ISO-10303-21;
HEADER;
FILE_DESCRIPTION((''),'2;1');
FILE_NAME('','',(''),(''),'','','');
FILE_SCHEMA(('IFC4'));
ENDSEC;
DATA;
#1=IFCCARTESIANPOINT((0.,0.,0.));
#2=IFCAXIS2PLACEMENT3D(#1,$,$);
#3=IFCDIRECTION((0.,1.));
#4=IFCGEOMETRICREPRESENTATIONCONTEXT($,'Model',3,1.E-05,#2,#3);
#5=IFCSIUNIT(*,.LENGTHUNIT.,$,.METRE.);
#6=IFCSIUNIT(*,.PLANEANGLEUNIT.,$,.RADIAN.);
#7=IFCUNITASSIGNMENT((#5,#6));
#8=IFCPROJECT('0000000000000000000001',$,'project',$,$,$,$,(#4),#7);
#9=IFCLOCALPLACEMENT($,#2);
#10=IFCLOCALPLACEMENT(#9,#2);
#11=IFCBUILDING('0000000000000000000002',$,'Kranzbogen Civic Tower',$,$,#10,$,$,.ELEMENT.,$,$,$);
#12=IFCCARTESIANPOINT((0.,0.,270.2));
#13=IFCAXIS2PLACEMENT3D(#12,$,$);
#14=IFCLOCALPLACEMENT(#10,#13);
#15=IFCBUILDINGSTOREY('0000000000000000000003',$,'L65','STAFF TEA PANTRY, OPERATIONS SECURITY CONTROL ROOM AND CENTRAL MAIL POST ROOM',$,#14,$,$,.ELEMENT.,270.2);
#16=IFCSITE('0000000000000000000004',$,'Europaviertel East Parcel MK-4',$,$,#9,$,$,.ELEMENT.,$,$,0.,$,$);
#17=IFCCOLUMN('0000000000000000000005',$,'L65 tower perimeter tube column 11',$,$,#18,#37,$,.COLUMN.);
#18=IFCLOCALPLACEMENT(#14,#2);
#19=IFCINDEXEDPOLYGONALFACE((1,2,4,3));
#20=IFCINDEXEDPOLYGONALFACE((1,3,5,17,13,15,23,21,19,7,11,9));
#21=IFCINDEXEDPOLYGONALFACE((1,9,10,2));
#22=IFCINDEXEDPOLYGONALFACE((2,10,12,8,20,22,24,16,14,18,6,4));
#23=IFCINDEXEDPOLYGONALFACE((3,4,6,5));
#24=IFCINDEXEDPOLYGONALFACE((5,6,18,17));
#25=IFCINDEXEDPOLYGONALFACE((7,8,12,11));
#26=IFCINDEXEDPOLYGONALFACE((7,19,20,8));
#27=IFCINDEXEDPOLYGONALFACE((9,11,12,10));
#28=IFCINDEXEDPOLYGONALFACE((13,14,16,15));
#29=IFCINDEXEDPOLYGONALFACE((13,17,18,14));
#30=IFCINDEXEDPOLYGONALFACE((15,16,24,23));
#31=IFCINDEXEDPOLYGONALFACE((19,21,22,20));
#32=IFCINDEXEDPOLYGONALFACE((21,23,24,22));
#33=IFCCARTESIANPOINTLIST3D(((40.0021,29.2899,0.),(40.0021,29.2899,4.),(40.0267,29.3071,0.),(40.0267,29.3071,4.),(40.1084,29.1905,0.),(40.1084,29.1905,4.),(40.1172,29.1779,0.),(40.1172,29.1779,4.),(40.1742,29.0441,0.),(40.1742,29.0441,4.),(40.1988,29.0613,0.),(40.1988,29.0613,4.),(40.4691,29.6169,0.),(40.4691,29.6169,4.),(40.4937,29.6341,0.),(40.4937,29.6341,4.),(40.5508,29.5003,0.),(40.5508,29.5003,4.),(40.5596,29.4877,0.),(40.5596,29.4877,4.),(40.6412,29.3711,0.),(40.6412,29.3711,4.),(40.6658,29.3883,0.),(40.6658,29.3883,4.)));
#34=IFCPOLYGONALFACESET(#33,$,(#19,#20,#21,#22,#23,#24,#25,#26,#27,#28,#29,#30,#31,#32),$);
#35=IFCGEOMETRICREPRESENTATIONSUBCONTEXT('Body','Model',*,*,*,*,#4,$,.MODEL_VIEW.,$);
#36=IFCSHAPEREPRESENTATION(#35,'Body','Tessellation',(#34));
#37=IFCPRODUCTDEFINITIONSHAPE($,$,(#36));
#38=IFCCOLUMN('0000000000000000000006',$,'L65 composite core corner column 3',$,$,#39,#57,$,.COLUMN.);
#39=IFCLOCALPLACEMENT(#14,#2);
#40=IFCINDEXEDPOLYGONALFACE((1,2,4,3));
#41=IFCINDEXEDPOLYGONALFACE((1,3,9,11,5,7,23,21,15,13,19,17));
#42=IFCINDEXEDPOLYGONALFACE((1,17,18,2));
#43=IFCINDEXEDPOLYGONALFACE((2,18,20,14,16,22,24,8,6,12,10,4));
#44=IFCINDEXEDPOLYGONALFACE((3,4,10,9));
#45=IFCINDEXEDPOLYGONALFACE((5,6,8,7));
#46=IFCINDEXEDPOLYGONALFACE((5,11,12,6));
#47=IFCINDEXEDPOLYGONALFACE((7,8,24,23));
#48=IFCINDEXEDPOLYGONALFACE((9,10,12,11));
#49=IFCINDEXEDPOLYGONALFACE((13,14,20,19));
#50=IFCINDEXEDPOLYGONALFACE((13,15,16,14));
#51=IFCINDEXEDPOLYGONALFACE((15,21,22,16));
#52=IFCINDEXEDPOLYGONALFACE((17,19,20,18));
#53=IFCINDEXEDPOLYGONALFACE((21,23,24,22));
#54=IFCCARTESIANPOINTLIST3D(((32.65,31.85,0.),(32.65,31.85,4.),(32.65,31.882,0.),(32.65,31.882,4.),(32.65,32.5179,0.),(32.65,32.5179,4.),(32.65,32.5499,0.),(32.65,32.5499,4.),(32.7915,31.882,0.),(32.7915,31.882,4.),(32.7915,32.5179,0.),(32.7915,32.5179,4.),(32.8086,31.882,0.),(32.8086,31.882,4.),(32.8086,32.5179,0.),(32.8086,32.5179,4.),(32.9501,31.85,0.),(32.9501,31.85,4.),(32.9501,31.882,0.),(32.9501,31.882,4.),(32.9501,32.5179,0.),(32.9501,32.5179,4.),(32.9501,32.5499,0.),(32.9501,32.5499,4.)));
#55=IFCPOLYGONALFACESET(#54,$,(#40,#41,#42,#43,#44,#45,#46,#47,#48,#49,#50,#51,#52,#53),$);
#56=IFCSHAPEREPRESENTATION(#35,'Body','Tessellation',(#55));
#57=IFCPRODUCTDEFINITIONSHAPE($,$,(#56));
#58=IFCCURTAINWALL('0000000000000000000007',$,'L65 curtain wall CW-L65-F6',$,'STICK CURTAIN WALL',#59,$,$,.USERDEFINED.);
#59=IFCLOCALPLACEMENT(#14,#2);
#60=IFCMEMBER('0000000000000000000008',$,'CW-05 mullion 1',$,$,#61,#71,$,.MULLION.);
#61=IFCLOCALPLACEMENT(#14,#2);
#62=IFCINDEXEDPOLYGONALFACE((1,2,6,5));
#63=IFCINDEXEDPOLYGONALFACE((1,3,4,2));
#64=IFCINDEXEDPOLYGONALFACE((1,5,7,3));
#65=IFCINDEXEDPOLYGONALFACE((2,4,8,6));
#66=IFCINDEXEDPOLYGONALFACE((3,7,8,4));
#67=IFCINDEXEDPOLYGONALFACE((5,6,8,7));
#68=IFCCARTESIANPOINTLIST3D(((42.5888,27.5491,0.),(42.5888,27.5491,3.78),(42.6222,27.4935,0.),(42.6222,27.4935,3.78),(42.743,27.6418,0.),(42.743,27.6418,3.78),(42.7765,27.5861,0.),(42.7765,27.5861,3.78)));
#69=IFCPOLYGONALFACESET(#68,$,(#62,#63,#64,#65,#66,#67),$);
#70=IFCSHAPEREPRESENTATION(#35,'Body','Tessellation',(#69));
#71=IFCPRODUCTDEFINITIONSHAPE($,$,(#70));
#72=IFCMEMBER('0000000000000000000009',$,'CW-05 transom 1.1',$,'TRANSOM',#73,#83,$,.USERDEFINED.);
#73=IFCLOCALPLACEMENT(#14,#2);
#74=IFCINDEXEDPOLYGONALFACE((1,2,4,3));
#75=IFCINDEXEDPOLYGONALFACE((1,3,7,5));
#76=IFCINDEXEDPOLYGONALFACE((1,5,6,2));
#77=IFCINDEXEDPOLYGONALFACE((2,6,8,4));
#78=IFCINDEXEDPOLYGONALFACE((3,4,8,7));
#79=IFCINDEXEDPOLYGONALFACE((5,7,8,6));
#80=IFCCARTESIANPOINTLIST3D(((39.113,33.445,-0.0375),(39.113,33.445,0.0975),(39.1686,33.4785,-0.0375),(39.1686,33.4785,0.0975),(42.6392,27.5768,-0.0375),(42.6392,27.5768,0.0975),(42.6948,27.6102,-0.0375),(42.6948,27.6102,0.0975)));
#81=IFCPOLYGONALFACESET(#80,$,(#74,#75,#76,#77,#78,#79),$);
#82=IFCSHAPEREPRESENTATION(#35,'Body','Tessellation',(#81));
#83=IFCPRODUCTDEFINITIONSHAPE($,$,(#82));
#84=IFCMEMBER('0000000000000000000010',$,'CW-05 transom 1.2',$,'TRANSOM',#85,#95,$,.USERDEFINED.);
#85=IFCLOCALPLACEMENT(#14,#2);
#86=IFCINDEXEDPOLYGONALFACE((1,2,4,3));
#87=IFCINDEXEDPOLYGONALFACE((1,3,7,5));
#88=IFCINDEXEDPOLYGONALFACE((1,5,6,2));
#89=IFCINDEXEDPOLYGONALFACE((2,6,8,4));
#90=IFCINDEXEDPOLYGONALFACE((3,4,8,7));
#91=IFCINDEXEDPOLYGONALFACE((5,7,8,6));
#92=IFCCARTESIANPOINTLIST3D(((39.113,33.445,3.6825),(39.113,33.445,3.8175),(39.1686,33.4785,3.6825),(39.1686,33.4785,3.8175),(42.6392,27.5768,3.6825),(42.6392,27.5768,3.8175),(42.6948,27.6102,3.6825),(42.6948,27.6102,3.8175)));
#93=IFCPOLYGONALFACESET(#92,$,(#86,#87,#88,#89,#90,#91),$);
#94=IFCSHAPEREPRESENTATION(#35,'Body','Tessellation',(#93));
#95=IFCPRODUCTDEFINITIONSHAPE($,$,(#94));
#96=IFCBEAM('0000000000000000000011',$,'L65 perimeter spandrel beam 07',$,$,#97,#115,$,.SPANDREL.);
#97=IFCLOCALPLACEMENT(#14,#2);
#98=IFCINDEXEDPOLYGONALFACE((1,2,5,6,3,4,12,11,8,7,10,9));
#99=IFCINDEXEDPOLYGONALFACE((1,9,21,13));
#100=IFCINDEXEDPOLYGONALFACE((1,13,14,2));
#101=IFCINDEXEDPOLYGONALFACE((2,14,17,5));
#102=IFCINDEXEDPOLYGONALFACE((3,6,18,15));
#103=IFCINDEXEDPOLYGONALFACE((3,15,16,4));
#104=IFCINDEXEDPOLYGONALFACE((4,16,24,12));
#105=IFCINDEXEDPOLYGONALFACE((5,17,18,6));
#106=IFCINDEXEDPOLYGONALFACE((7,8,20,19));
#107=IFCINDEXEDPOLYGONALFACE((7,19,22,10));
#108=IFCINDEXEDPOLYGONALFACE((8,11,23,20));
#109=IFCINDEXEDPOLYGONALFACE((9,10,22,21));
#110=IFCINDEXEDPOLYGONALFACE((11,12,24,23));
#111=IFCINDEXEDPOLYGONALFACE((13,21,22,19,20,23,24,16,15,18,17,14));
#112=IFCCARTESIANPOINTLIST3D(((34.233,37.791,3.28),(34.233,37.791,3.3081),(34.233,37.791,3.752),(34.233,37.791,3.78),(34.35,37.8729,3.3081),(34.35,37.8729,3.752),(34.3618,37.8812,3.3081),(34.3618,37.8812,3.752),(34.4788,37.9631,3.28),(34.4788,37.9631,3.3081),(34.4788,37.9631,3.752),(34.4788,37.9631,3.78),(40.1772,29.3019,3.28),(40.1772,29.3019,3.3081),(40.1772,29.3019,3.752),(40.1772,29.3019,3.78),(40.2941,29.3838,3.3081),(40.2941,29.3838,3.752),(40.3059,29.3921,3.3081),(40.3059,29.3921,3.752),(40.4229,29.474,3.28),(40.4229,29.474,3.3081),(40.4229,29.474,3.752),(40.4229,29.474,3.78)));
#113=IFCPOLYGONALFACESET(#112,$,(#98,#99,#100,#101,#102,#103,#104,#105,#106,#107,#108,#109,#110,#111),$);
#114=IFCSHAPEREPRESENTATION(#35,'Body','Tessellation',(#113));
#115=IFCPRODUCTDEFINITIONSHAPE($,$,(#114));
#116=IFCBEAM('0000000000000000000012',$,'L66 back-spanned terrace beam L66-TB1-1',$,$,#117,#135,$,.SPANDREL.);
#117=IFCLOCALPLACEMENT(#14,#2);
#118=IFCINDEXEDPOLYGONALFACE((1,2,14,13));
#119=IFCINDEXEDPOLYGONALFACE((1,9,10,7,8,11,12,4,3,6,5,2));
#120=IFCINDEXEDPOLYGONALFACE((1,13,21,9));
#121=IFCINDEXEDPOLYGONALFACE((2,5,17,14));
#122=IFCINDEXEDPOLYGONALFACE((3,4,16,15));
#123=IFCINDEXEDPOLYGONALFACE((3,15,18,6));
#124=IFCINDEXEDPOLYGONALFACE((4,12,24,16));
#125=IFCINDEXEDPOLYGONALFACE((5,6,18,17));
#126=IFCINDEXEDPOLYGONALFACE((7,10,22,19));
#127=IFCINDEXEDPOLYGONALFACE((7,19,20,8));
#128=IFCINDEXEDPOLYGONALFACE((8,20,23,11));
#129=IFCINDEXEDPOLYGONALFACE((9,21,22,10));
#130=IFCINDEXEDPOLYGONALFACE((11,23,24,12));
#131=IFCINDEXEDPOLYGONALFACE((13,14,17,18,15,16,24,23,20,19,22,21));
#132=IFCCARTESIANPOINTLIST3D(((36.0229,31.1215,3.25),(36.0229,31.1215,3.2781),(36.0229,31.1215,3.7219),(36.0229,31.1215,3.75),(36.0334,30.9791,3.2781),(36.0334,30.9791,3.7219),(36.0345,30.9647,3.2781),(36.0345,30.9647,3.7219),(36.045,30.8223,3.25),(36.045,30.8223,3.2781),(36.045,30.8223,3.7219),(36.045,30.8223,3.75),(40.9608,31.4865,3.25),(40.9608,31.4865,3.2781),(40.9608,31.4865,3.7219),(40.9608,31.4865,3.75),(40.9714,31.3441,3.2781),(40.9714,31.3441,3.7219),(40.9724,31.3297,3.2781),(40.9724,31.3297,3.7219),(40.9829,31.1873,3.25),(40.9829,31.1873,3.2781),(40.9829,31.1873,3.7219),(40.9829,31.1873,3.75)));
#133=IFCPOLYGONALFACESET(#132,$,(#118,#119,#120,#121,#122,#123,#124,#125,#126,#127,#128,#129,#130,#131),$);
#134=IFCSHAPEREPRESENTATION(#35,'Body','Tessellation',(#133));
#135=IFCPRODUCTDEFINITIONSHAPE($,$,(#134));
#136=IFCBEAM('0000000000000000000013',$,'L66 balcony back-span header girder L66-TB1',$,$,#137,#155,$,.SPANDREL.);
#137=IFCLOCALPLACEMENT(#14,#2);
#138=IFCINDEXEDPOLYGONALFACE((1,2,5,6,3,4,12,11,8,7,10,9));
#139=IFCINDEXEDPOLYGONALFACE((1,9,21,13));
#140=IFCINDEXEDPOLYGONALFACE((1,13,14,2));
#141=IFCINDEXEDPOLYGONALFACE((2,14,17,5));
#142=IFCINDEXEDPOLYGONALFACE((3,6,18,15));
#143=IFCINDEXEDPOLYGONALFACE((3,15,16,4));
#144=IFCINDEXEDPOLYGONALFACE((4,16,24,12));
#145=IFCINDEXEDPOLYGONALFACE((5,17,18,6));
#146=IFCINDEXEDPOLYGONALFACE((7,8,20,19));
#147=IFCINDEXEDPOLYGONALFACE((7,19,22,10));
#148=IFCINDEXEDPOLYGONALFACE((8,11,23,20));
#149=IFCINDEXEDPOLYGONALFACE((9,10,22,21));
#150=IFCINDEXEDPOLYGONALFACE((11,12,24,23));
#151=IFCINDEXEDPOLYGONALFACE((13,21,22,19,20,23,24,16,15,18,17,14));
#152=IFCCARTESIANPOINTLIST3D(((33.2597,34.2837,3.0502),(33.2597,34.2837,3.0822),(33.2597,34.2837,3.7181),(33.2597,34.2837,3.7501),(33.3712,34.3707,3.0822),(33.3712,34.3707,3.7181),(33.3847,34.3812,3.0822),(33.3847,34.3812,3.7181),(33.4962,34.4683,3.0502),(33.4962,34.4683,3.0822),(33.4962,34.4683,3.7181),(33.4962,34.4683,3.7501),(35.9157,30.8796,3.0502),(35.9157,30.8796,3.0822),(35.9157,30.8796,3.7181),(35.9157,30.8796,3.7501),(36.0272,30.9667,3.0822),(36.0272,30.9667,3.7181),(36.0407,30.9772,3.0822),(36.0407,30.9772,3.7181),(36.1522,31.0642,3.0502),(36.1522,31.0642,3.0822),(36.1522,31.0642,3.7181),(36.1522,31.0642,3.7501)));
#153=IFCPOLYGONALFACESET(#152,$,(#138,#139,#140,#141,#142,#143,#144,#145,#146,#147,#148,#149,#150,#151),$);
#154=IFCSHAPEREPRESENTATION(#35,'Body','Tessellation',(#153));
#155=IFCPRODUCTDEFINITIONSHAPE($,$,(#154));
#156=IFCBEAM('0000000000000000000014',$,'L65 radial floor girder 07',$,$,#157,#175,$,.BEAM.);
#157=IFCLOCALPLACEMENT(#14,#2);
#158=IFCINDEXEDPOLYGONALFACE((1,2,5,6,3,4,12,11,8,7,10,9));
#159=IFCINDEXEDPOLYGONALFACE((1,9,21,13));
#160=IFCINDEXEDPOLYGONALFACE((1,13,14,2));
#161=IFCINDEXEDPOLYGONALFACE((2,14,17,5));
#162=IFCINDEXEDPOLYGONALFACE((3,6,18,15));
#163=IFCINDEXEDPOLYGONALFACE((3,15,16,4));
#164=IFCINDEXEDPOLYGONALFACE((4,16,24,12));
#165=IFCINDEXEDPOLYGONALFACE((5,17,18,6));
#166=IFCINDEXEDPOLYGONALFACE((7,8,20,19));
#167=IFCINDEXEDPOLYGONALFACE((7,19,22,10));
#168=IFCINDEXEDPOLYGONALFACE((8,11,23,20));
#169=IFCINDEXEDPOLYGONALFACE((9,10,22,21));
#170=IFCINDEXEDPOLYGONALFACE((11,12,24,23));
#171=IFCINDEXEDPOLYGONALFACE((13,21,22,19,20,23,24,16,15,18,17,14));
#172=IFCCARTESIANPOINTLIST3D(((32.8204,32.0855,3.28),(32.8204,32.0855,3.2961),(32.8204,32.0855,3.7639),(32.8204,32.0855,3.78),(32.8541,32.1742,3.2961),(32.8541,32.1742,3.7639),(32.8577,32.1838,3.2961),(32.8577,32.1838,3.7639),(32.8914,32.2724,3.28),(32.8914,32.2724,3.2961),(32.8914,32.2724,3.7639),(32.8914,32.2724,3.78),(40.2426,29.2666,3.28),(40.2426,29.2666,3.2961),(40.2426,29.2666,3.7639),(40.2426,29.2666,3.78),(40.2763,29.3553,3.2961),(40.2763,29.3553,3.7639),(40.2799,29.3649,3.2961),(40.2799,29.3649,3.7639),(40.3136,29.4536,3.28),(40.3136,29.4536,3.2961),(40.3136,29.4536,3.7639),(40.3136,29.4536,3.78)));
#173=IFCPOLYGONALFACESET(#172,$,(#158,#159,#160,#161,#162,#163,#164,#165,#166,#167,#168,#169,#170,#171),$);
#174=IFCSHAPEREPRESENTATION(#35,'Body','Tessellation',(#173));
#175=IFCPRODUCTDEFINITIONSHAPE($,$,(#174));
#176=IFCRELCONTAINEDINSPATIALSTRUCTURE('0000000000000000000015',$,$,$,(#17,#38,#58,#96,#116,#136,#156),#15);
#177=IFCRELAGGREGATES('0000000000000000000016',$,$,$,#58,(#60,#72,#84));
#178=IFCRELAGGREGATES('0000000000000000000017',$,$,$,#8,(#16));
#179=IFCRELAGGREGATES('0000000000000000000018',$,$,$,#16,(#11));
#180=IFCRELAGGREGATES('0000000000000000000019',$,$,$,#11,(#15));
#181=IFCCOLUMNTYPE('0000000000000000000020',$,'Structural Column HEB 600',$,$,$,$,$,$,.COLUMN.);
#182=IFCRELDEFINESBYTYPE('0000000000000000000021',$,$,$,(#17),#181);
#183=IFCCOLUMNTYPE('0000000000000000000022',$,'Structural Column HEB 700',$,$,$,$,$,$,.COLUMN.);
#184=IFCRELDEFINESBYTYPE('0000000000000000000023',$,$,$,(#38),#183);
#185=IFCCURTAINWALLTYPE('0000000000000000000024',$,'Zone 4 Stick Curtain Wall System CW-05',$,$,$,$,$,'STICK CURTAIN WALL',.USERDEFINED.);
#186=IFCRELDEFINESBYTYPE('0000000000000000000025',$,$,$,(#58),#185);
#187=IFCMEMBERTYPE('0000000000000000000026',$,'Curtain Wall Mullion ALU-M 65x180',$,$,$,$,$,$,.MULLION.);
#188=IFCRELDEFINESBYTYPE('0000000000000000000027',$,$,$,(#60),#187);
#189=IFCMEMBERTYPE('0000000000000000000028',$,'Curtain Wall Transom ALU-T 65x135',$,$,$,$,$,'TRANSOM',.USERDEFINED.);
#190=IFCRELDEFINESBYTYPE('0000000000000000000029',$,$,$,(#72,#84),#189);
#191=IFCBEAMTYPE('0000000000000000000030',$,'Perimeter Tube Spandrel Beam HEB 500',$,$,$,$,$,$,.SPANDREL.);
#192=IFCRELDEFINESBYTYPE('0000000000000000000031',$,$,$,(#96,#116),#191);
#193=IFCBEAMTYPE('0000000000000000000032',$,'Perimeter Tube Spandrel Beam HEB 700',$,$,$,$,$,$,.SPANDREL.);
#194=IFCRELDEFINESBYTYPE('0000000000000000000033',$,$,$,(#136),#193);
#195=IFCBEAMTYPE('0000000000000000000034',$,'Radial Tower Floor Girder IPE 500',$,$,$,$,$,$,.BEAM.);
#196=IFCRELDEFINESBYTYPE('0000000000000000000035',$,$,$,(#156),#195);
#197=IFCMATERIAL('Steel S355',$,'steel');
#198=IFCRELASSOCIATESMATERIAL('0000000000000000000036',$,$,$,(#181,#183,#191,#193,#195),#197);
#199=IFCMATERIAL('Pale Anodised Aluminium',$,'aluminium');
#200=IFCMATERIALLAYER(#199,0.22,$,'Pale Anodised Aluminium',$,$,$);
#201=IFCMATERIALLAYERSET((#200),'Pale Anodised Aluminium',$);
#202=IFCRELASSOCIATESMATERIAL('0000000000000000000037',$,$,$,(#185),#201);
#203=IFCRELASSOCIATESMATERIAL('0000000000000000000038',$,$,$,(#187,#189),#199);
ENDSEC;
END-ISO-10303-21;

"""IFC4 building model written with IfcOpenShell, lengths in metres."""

from ifc_helpers import new_model, si_unit, direction, frame, origin, origin_2d, place, context, subcontext, project, spatial, rectangle, i_section, extrude, material, layer, layer_set, material_profile, profile_set, type_object, element, aggregate, save


model = new_model("IFC4")

# Units and contexts
model_context = context("Model", 3, precision=1e-05, world=origin(), true_north=direction((0.0, 1.0)))
body_context = subcontext(model_context, "Body", "Model", "MODEL_VIEW")
ifc_project = project(units=[si_unit("LENGTHUNIT", "METRE"), si_unit("PLANEANGLEUNIT", "RADIAN")], contexts=[model_context])

# Site, building, storey
site_placement = place(None, origin())
site = spatial("IfcSite", under=ifc_project, at=site_placement, Name="Europaviertel East Parcel MK-4", CompositionType="ELEMENT", RefElevation=0.0)
building_placement = place(site_placement, origin())
building = spatial("IfcBuilding", under=site, at=building_placement, Name="Kranzbogen Civic Tower", CompositionType="ELEMENT")
storey_placement = place(building_placement, frame((0.0, 0.0, 270.2)))
storey = spatial("IfcBuildingStorey", under=building, at=storey_placement, Name="L65", Description="STAFF TEA PANTRY, OPERATIONS SECURITY CONTROL ROOM AND CENTRAL MAIL POST ROOM", CompositionType="ELEMENT", Elevation=270.2)

# Columns
ifc_material_1 = material(Name="Steel S355", Category="steel")
ifc_material_profile_1 = material_profile(ifc_material_1, i_section(OverallWidth=0.3, OverallDepth=0.6001, WebThickness=0.0154, FlangeThickness=0.03, at=origin_2d()), Name="HEB 600")
ifc_profile_set_1 = profile_set([ifc_material_profile_1], Name="Steel S355")
column_type_1 = type_object("IfcColumnType", Name="Structural Column HEB 600", PredefinedType="COLUMN", material=ifc_profile_set_1)
column_1_placement = place(storey_placement, frame((40.334, 29.3391, 0.0), z_axis=(0.0, 0.0, 1.0), x_axis=(-0.573576, 0.819152, 0.0)))
element("IfcColumn", 1, at=column_1_placement, inside=storey, type_object=column_type_1, Name="L65 tower perimeter tube column 11", PredefinedType="COLUMN", context=body_context, shape_type="SweptSolid", body=[
    extrude(i_section(OverallWidth=0.3, OverallDepth=0.6001, WebThickness=0.0154, FlangeThickness=0.03, at=origin_2d()), origin(), (0.0, 0.0, 1.0), 4.0),
])
ifc_material_profile_2 = material_profile(ifc_material_1, i_section(OverallWidth=0.3, OverallDepth=0.7, WebThickness=0.0171, FlangeThickness=0.032, at=origin_2d()), Name="HEB 700")
ifc_profile_set_2 = profile_set([ifc_material_profile_2], Name="Steel S355")
column_type_2 = type_object("IfcColumnType", Name="Structural Column HEB 700", PredefinedType="COLUMN", material=ifc_profile_set_2)
column_2_placement = place(storey_placement, frame((32.8, 32.2, 0.0), z_axis=(0.0, 0.0, 1.0), x_axis=(1.0, 0.0, 0.0)))
element("IfcColumn", 2, at=column_2_placement, inside=storey, type_object=column_type_2, Name="L65 composite core corner column 3", PredefinedType="COLUMN", context=body_context, shape_type="SweptSolid", body=[
    extrude(i_section(OverallWidth=0.3, OverallDepth=0.7, WebThickness=0.0171, FlangeThickness=0.032, at=origin_2d()), origin(), (0.0, 0.0, 1.0), 4.0),
])

# Curtain wall, members
ifc_material_2 = material(Name="Pale Anodised Aluminium", Category="aluminium")
ifc_layer_1 = layer(ifc_material_2, 0.22, Name="Pale Anodised Aluminium")
ifc_layer_set_1 = layer_set([ifc_layer_1], Name="Pale Anodised Aluminium")
curtain_wall_type = type_object("IfcCurtainWallType", Name="Zone 4 Stick Curtain Wall System CW-05", ElementType="STICK CURTAIN WALL", PredefinedType="USERDEFINED", material=ifc_layer_set_1)
curtain_wall_placement = place(storey_placement, origin())
curtain_wall = element("IfcCurtainWall", 3, at=curtain_wall_placement, inside=storey, type_object=curtain_wall_type, Name="L65 curtain wall CW-L65-F6", ObjectType="STICK CURTAIN WALL", PredefinedType="USERDEFINED")
ifc_material_profile_3 = material_profile(ifc_material_2, rectangle(XDim=0.0649, YDim=0.1799, at=origin_2d()), Name="ALU-M 65x180")
ifc_profile_set_3 = profile_set([ifc_material_profile_3], Name="Pale Anodised Aluminium")
member_type_1 = type_object("IfcMemberType", Name="Curtain Wall Mullion ALU-M 65x180", PredefinedType="MULLION", material=ifc_profile_set_3)
member_1_placement = place(storey_placement, frame((42.6826, 27.5676, 0.0), z_axis=(0.0, 0.0, 1.0), x_axis=(-0.515047, 0.857162, 0.0)))
member_1 = element("IfcMember", 4, at=member_1_placement, type_object=member_type_1, Name="CW-05 mullion 1", PredefinedType="MULLION", context=body_context, shape_type="SweptSolid", body=[
    extrude(rectangle(XDim=0.0649, YDim=0.1799, at=origin_2d()), origin(), (0.0, 0.0, 1.0), 3.78),
])
ifc_material_profile_4 = material_profile(ifc_material_2, rectangle(XDim=0.0649, YDim=0.135, at=origin_2d()), Name="ALU-T 65x135")
ifc_profile_set_4 = profile_set([ifc_material_profile_4], Name="Pale Anodised Aluminium")
member_type_2 = type_object("IfcMemberType", Name="Curtain Wall Transom ALU-T 65x135", ElementType="TRANSOM", PredefinedType="USERDEFINED", material=ifc_profile_set_4)
member_2_placement = place(storey_placement, frame((42.667, 27.5935, 0.03), z_axis=(-0.515057, 0.857156, 0.0), x_axis=(-0.857156, -0.515057, 0.0)))
member_2 = element("IfcMember", 5, at=member_2_placement, type_object=member_type_2, Name="CW-05 transom 1.1", ObjectType="TRANSOM", PredefinedType="USERDEFINED", context=body_context, shape_type="SweptSolid", body=[
    extrude(rectangle(XDim=0.0649, YDim=0.135, at=origin_2d()), origin(), (0.0, 0.0, 1.0), 6.8462),
])
member_3_placement = place(storey_placement, frame((42.667, 27.5935, 3.75), z_axis=(-0.515057, 0.857156, 0.0), x_axis=(-0.857156, -0.515057, 0.0)))
member_3 = element("IfcMember", 6, at=member_3_placement, type_object=member_type_2, Name="CW-05 transom 1.2", ObjectType="TRANSOM", PredefinedType="USERDEFINED", context=body_context, shape_type="SweptSolid", body=[
    extrude(rectangle(XDim=0.0649, YDim=0.135, at=origin_2d()), origin(), (0.0, 0.0, 1.0), 6.8462),
])

# Beams
ifc_material_profile_5 = material_profile(ifc_material_1, i_section(OverallWidth=0.3, OverallDepth=0.5, WebThickness=0.0144, FlangeThickness=0.0281, at=origin_2d()), Name="HEB 500")
ifc_profile_set_5 = profile_set([ifc_material_profile_5], Name="Steel S355")
beam_type_1 = type_object("IfcBeamType", Name="Perimeter Tube Spandrel Beam HEB 500", PredefinedType="SPANDREL", material=ifc_profile_set_5)
beam_1_placement = place(storey_placement, frame((40.3, 29.3879, 3.53), z_axis=(-0.573578, 0.819151, 0.0), x_axis=(-0.819151, -0.573578, 0.0)))
element("IfcBeam", 7, at=beam_1_placement, inside=storey, type_object=beam_type_1, Name="L65 perimeter spandrel beam 07", PredefinedType="SPANDREL", context=body_context, shape_type="SweptSolid", body=[
    extrude(i_section(OverallWidth=0.3, OverallDepth=0.5, WebThickness=0.0144, FlangeThickness=0.0281, at=origin_2d()), origin(), (0.0, 0.0, 1.0), 10.3633),
])
beam_2_placement = place(storey_placement, frame((36.0339, 30.9719, 3.5), z_axis=(0.997279, 0.073714, 0.0), x_axis=(-0.073714, 0.997279, 0.0)))
element("IfcBeam", 8, at=beam_2_placement, inside=storey, type_object=beam_type_1, Name="L66 back-spanned terrace beam L66-TB1-1", PredefinedType="SPANDREL", context=body_context, shape_type="SweptSolid", body=[
    extrude(i_section(OverallWidth=0.3, OverallDepth=0.5, WebThickness=0.0144, FlangeThickness=0.0281, at=origin_2d()), origin(), (0.0, 0.0, 1.0), 4.9514),
])
ifc_material_profile_6 = material_profile(ifc_material_1, i_section(OverallWidth=0.3, OverallDepth=0.7, WebThickness=0.0171, FlangeThickness=0.032, at=origin_2d()), Name="HEB 700")
ifc_profile_set_6 = profile_set([ifc_material_profile_6], Name="Steel S355")
beam_type_2 = type_object("IfcBeamType", Name="Perimeter Tube Spandrel Beam HEB 700", PredefinedType="SPANDREL", material=ifc_profile_set_6)
beam_3_placement = place(storey_placement, frame((36.0339, 30.9719, 3.4001), z_axis=(-0.615153, 0.788407, 0.0), x_axis=(-0.788407, -0.615153, 0.0)))
element("IfcBeam", 9, at=beam_3_placement, inside=storey, type_object=beam_type_2, Name="L66 balcony back-span header girder L66-TB1", PredefinedType="SPANDREL", context=body_context, shape_type="SweptSolid", body=[
    extrude(i_section(OverallWidth=0.3, OverallDepth=0.7, WebThickness=0.0171, FlangeThickness=0.032, at=origin_2d()), origin(), (0.0, 0.0, 1.0), 4.3176),
])
ifc_material_profile_7 = material_profile(ifc_material_1, i_section(OverallWidth=0.2, OverallDepth=0.5, WebThickness=0.0103, FlangeThickness=0.0161, at=origin_2d()), Name="IPE 500")
ifc_profile_set_7 = profile_set([ifc_material_profile_7], Name="Steel S355")
beam_type_3 = type_object("IfcBeamType", Name="Radial Tower Floor Girder IPE 500", PredefinedType="BEAM", material=ifc_profile_set_7)
beam_4_placement = place(storey_placement, frame((40.2781, 29.3601, 3.53), z_axis=(-0.934849, 0.355046, 0.0), x_axis=(-0.355046, -0.934849, 0.0)))
element("IfcBeam", 10, at=beam_4_placement, inside=storey, type_object=beam_type_3, Name="L65 radial floor girder 07", PredefinedType="BEAM", context=body_context, shape_type="SweptSolid", body=[
    extrude(i_section(OverallWidth=0.2, OverallDepth=0.5, WebThickness=0.0103, FlangeThickness=0.0161, at=origin_2d()), origin(), (0.0, 0.0, 1.0), 7.9395),
])

aggregate(curtain_wall, [member_1, member_2, member_3])

save(model, "model.ifc")
